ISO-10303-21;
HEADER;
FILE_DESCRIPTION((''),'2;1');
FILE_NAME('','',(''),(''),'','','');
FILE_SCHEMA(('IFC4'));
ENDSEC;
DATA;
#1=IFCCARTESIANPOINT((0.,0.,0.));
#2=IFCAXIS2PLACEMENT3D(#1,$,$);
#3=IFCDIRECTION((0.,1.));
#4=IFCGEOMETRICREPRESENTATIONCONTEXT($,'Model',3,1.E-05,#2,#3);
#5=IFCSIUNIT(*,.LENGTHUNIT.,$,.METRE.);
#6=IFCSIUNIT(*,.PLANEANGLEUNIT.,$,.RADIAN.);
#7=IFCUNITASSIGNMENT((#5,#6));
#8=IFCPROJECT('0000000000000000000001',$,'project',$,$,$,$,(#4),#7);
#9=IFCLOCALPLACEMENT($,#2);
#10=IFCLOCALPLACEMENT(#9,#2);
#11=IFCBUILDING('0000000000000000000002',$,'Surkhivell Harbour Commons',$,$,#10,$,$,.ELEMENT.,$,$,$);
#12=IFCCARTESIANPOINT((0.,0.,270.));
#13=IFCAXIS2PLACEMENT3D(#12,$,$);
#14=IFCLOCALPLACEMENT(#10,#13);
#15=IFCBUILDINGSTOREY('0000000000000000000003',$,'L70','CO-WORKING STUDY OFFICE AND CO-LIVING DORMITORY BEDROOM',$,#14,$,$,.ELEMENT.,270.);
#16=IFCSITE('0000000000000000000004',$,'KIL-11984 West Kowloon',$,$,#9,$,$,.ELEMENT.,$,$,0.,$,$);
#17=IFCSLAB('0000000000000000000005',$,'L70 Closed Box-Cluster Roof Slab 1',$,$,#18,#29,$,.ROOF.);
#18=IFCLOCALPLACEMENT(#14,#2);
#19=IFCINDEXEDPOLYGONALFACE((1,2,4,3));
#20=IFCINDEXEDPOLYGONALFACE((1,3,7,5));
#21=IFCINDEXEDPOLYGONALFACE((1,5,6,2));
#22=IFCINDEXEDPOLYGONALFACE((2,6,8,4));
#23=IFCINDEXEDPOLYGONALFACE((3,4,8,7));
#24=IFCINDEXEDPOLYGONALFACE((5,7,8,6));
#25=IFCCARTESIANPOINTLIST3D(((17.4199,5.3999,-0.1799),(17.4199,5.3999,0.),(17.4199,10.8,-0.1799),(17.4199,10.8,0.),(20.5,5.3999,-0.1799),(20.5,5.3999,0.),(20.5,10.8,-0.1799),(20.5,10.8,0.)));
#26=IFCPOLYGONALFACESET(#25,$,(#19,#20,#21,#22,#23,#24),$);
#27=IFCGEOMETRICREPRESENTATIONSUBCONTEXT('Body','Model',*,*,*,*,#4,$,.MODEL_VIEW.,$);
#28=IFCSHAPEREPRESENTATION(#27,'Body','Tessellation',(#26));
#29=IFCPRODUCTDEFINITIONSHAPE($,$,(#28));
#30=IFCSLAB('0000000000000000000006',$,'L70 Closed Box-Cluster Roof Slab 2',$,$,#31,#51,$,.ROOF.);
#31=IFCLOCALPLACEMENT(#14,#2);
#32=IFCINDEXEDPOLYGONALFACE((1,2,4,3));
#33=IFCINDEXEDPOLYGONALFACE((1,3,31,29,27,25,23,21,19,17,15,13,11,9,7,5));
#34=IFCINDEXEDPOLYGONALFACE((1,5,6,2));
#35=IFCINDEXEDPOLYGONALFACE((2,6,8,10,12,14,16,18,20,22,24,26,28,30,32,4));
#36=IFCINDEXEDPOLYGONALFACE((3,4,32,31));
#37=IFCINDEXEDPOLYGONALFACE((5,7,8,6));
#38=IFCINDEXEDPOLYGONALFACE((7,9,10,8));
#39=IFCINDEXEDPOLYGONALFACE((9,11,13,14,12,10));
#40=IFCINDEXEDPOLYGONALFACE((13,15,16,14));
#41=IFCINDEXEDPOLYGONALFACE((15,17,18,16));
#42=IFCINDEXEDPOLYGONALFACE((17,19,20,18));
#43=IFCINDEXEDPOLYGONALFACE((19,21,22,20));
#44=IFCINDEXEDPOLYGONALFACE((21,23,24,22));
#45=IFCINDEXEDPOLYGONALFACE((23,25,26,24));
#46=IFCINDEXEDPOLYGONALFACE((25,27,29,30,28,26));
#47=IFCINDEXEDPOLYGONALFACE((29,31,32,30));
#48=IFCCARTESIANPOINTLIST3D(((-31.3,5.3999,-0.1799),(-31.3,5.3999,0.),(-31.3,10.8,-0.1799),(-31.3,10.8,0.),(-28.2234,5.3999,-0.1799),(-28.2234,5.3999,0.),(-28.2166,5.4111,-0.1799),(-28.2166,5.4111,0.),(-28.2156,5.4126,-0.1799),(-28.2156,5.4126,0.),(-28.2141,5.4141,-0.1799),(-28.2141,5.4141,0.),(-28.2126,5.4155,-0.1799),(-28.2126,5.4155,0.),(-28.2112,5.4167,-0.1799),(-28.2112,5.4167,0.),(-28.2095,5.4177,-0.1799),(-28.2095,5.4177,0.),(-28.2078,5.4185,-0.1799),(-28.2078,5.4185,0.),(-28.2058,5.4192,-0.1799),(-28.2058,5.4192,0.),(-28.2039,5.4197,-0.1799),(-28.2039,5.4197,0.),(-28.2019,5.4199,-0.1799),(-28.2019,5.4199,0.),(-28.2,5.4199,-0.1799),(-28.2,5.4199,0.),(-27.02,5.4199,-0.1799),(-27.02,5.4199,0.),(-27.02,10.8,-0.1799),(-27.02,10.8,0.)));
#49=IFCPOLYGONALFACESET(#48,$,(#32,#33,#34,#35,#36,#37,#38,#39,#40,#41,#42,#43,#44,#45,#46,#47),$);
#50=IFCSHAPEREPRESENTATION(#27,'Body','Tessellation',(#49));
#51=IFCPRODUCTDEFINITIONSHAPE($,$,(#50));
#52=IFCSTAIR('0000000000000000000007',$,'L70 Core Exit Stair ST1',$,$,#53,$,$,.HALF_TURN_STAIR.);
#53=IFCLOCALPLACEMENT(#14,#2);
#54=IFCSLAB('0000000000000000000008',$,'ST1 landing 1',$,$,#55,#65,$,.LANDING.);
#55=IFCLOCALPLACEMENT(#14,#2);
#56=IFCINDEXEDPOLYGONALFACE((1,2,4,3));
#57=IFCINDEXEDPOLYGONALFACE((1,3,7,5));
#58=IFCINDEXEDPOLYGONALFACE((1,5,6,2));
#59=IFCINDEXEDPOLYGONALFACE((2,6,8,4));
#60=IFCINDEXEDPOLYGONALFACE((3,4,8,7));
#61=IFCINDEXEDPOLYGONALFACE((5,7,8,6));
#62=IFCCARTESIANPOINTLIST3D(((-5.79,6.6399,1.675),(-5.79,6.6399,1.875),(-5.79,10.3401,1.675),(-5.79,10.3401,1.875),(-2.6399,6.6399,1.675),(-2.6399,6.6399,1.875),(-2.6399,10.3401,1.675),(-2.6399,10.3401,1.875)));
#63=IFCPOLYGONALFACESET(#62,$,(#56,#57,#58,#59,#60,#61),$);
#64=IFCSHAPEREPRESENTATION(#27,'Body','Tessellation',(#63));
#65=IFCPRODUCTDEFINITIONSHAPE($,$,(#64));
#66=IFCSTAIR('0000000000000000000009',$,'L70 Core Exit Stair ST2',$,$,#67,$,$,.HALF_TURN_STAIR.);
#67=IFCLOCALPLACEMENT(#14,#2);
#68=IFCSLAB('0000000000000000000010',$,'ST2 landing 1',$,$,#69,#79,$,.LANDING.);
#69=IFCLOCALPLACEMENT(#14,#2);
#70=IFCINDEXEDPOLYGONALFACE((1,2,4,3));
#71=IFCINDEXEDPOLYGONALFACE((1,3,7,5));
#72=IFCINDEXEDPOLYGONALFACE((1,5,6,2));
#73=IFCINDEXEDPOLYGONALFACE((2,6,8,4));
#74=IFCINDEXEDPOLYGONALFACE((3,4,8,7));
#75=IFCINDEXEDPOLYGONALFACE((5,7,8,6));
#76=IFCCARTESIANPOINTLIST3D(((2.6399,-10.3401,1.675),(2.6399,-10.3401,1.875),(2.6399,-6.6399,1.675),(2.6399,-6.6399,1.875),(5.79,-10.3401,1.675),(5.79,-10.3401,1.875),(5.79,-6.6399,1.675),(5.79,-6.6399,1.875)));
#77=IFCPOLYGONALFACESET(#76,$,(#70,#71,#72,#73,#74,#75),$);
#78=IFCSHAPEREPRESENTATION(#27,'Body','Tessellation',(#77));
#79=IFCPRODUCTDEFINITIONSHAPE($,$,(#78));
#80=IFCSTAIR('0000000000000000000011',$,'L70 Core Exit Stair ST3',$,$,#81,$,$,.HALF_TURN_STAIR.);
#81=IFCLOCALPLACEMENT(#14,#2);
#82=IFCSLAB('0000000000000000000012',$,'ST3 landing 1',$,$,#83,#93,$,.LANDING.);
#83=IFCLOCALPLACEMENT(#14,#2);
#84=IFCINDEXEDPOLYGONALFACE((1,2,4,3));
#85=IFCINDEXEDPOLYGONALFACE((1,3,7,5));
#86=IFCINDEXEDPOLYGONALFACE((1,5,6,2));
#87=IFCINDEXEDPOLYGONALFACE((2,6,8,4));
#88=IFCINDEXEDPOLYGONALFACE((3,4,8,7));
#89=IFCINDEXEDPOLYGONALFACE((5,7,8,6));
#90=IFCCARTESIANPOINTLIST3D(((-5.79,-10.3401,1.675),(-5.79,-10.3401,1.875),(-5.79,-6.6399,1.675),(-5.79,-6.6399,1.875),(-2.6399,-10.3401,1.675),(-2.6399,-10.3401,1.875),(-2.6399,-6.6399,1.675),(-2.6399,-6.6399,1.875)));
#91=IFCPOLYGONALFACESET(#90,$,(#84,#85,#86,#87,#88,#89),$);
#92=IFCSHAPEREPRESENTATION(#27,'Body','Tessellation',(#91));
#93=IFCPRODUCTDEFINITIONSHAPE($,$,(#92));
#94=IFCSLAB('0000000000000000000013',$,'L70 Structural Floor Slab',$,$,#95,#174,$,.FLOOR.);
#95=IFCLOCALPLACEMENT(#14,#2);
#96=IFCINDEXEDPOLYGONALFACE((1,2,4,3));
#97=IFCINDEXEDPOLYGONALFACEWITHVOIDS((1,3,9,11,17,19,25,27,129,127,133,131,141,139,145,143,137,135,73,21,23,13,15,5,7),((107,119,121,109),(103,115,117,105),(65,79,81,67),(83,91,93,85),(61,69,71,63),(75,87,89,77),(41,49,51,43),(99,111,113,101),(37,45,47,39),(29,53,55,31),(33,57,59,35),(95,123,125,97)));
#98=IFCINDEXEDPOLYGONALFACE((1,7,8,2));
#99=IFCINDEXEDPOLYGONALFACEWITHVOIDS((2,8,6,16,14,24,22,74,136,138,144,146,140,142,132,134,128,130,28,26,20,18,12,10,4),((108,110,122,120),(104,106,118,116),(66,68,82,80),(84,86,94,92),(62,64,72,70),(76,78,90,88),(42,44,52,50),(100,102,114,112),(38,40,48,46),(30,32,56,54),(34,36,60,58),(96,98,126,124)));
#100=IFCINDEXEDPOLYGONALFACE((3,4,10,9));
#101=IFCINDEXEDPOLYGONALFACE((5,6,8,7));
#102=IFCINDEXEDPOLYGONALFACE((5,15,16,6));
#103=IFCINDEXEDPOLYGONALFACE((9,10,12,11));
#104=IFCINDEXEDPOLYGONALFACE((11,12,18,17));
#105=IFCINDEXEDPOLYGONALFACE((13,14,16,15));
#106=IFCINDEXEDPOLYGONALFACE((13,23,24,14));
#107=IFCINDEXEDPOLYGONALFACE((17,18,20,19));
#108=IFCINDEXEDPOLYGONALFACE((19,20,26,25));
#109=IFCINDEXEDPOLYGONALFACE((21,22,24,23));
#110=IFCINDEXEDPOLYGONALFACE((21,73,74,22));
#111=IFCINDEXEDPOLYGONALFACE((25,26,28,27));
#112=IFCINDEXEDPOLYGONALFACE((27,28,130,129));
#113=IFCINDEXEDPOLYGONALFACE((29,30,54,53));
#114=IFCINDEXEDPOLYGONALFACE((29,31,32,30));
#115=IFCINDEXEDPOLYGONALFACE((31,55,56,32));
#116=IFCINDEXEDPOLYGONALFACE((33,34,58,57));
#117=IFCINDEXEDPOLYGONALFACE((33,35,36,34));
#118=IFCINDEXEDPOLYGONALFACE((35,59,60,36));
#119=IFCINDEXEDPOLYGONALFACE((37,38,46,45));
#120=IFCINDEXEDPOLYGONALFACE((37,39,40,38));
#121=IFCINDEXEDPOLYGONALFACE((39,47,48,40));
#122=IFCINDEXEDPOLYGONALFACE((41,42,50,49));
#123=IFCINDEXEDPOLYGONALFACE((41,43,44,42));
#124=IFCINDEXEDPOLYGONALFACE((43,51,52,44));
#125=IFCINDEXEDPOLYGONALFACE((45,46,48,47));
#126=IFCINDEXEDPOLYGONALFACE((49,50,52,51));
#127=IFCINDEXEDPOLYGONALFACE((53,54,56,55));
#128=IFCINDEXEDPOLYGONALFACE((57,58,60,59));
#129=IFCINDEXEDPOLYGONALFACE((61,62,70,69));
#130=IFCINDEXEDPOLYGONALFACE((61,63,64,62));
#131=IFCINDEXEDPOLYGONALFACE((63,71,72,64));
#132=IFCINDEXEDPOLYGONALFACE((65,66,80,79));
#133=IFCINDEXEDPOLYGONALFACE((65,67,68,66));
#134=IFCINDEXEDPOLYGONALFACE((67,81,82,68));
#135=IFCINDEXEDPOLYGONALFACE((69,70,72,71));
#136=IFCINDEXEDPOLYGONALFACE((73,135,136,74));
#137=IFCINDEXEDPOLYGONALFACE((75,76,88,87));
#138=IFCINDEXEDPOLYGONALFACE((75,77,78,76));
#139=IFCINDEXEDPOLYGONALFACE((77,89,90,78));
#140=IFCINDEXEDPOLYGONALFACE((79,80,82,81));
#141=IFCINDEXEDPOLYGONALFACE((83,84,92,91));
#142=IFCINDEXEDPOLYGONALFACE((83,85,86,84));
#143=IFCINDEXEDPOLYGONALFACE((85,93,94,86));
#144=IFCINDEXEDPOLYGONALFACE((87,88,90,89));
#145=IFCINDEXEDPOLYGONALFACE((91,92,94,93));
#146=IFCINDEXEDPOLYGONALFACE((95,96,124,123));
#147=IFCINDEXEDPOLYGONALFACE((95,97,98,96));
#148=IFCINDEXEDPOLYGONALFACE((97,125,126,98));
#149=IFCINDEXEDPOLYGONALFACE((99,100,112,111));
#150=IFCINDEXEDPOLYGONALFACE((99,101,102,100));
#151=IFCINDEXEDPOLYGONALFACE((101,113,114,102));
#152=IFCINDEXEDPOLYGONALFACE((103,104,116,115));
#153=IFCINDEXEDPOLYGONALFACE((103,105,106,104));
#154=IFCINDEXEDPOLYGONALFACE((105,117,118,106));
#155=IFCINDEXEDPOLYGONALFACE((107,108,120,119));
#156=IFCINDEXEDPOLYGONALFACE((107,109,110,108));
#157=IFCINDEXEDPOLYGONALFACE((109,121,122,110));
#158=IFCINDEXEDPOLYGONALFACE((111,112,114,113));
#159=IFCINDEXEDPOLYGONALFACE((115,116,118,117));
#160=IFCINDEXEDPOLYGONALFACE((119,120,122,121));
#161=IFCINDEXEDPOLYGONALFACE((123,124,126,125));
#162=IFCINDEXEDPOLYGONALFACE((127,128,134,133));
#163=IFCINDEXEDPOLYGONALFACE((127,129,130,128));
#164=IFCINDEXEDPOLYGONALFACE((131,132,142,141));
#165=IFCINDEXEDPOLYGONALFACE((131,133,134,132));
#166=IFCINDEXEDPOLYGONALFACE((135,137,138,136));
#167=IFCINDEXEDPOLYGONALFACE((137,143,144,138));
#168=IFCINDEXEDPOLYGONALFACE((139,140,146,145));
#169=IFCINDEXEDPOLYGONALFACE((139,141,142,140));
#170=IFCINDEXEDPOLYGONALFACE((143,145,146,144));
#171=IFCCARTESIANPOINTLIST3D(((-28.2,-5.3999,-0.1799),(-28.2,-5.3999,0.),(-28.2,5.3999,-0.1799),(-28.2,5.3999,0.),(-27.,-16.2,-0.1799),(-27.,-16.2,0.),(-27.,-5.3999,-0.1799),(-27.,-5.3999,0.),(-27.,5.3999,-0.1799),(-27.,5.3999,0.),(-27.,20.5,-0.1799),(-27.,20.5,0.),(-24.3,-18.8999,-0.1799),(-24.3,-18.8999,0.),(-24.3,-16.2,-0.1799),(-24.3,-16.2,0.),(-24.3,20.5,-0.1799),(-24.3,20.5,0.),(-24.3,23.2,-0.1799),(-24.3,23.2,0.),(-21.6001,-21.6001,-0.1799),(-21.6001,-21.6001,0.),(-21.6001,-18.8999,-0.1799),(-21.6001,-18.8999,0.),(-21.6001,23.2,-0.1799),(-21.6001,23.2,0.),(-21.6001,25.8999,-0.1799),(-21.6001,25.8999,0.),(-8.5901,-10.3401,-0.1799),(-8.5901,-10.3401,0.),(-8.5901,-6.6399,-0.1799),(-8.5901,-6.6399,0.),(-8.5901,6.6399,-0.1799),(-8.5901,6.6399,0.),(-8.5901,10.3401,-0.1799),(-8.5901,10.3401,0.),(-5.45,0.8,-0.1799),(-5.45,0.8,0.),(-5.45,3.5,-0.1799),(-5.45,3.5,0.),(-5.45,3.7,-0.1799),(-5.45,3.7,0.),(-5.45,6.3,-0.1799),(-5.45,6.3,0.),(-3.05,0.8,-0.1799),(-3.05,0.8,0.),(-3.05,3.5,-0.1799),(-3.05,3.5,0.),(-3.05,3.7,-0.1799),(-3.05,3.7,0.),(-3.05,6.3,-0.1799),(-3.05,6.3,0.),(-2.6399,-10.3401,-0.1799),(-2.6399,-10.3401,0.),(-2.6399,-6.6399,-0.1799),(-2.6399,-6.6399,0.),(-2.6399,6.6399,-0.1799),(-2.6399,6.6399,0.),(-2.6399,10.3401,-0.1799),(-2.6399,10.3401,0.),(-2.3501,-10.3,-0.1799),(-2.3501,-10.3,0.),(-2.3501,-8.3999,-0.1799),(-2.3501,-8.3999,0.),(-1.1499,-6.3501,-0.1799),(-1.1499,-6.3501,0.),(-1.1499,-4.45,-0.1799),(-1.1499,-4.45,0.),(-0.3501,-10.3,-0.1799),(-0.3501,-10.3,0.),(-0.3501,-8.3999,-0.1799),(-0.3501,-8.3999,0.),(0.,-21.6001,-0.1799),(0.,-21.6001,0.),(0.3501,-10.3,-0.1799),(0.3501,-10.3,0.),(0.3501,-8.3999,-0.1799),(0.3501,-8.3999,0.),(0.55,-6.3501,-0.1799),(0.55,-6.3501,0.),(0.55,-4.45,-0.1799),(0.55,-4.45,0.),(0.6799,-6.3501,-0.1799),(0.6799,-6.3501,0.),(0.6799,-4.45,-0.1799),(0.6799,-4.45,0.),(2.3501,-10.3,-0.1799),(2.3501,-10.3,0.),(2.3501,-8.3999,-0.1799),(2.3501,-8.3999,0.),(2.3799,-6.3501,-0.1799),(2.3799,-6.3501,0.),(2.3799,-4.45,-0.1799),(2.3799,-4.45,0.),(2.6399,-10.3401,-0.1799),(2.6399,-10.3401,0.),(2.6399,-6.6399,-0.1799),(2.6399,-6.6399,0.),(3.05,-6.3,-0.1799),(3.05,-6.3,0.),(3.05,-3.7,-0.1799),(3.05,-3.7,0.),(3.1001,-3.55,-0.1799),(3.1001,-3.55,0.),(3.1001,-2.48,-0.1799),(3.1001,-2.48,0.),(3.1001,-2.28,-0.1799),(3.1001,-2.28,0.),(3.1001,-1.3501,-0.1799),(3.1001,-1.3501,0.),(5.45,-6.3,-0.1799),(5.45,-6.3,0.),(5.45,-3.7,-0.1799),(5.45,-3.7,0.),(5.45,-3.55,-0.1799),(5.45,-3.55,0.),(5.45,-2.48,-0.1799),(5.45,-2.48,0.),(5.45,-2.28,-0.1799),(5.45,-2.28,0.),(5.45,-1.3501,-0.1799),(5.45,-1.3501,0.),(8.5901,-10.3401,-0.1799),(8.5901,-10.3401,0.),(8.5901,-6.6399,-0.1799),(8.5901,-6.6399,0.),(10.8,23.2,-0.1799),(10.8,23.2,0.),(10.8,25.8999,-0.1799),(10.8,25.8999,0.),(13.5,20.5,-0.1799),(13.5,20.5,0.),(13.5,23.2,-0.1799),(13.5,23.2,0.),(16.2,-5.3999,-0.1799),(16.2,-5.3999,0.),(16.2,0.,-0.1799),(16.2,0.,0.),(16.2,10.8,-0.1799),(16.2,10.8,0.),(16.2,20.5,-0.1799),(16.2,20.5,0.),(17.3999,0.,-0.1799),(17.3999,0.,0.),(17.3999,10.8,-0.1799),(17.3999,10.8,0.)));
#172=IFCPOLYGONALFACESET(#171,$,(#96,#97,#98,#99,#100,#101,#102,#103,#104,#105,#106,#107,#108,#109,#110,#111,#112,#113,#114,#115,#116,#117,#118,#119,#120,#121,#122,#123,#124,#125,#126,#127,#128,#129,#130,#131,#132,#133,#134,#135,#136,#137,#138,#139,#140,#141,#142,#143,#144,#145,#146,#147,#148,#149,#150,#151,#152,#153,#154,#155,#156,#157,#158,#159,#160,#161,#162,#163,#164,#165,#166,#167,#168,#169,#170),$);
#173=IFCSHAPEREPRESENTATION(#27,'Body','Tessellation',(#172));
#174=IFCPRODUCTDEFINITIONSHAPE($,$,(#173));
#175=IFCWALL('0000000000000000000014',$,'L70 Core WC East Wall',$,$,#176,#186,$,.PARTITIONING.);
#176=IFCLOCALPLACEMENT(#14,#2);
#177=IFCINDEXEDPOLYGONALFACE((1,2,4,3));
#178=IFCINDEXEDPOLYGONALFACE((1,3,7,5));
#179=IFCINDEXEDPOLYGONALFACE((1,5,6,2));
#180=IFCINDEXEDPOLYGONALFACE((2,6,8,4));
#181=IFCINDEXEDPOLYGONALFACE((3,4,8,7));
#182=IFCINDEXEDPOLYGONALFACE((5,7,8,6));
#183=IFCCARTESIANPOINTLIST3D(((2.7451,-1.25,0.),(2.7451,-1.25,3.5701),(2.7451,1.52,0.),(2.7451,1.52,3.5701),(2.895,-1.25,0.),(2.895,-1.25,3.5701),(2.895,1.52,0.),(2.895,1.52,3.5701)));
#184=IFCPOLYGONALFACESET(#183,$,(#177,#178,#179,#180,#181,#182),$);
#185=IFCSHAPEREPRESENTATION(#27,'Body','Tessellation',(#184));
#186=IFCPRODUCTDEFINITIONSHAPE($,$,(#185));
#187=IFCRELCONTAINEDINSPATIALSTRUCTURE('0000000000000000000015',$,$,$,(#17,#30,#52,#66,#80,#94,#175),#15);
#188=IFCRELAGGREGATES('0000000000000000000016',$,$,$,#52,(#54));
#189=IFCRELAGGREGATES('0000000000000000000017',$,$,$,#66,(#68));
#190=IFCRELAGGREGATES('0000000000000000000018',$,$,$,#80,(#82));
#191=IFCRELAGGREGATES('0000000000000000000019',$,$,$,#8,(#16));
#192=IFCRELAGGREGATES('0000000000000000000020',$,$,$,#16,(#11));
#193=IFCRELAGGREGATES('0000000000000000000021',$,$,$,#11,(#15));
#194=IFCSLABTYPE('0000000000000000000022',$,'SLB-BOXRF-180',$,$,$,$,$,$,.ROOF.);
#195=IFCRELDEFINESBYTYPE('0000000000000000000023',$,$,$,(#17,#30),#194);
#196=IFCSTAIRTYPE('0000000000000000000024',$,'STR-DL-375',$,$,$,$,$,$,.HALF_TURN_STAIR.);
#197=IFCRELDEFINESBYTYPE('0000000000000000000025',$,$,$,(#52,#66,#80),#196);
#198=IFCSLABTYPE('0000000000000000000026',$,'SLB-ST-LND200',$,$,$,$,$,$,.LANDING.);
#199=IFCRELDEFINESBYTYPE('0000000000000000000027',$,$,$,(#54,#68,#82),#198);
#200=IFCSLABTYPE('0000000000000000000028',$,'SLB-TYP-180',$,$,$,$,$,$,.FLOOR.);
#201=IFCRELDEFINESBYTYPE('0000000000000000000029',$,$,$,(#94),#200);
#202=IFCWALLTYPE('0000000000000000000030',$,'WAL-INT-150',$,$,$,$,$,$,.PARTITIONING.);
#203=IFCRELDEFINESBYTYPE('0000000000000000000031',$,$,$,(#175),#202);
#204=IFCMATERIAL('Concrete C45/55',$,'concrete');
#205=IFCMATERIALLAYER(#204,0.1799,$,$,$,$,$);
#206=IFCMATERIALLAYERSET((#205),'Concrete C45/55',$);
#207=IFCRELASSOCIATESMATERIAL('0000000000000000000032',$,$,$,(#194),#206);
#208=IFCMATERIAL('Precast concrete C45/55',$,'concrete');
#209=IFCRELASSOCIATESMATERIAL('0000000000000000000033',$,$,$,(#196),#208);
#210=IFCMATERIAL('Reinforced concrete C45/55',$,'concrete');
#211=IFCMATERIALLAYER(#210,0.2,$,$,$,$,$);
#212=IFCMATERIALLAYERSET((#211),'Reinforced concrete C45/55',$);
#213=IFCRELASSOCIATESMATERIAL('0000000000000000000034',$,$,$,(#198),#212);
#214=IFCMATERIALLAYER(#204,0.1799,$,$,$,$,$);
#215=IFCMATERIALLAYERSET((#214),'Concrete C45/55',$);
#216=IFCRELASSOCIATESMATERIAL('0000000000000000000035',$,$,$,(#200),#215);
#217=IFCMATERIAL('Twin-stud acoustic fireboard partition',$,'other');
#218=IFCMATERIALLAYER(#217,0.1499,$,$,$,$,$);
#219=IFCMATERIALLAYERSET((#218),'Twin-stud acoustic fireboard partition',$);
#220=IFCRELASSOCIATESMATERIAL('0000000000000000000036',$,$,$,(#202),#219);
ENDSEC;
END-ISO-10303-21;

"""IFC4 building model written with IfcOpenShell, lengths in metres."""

from ifc_helpers import new_model, si_unit, direction, frame, frame_2d, origin, place, context, subcontext, project, spatial, polyline, rectangle, outline, extrude, material, layer, layer_set, type_object, element, aggregate, save


model = new_model("IFC4")

# Units and contexts
model_context = context("Model", 3, precision=1e-05, world=origin(), true_north=direction((0.0, 1.0)))
body_context = subcontext(model_context, "Body", "Model", "MODEL_VIEW")
ifc_project = project(units=[si_unit("LENGTHUNIT", "METRE"), si_unit("PLANEANGLEUNIT", "RADIAN")], contexts=[model_context])

# Site, building, storey
site_placement = place(None, origin())
site = spatial("IfcSite", under=ifc_project, at=site_placement, Name="KIL-11984 West Kowloon", CompositionType="ELEMENT", RefElevation=0.0)
building_placement = place(site_placement, origin())
building = spatial("IfcBuilding", under=site, at=building_placement, Name="Surkhivell Harbour Commons", CompositionType="ELEMENT")
storey_placement = place(building_placement, frame((0.0, 0.0, 270.0)))
storey = spatial("IfcBuildingStorey", under=building, at=storey_placement, Name="L70", Description="CO-WORKING STUDY OFFICE AND CO-LIVING DORMITORY BEDROOM", CompositionType="ELEMENT", Elevation=270.0)

# Slabs
ifc_material_1 = material(Name="Concrete C45/55", Category="concrete")
ifc_layer_1 = layer(ifc_material_1, 0.1799)
ifc_layer_set_1 = layer_set([ifc_layer_1], Name="Concrete C45/55")
slab_type_1 = type_object("IfcSlabType", Name="SLB-BOXRF-180", PredefinedType="ROOF", material=ifc_layer_set_1)
slab_1_placement = place(storey_placement, frame((0.0, 0.0, -0.1799)))
element("IfcSlab", 1, at=slab_1_placement, inside=storey, type_object=slab_type_1, Name="L70 Closed Box-Cluster Roof Slab 1", PredefinedType="ROOF", context=body_context, shape_type="SweptSolid", body=[
    extrude(outline(polyline([(20.5, 10.8), (17.4199, 10.8), (17.4199, 5.3999), (20.5, 5.3999), (20.5, 10.8)])), origin(), (0.0, 0.0, 1.0), 0.1799),
])
slab_2_placement = place(storey_placement, frame((0.0, 0.0, -0.1799)))
element("IfcSlab", 2, at=slab_2_placement, inside=storey, type_object=slab_type_1, Name="L70 Closed Box-Cluster Roof Slab 2", PredefinedType="ROOF", context=body_context, shape_type="SweptSolid", body=[
    extrude(outline(polyline([(-31.3, 5.3999), (-28.2234, 5.3999), (-28.2166, 5.4111), (-28.2156, 5.4126), (-28.2141, 5.4141), (-28.2126, 5.4155), (-28.2112, 5.4167), (-28.2095, 5.4177), (-28.2078, 5.4185), (-28.2058, 5.4192), (-28.2039, 5.4197), (-28.2019, 5.4199), (-28.2, 5.4199), (-27.02, 5.4199), (-27.02, 10.8), (-31.3, 10.8), (-31.3, 5.3999)])), origin(), (0.0, 0.0, 1.0), 0.1799),
])

# Stairs, slabs
ifc_material_2 = material(Name="Precast concrete C45/55", Category="concrete")
stair_type = type_object("IfcStairType", Name="STR-DL-375", PredefinedType="HALF_TURN_STAIR", material=ifc_material_2)
stair_1_placement = place(storey_placement, origin())
stair_1 = element("IfcStair", 3, at=stair_1_placement, inside=storey, type_object=stair_type, Name="L70 Core Exit Stair ST1", PredefinedType="HALF_TURN_STAIR")
ifc_material_3 = material(Name="Reinforced concrete C45/55", Category="concrete")
ifc_layer_2 = layer(ifc_material_3, 0.2)
ifc_layer_set_2 = layer_set([ifc_layer_2], Name="Reinforced concrete C45/55")
slab_type_2 = type_object("IfcSlabType", Name="SLB-ST-LND200", PredefinedType="LANDING", material=ifc_layer_set_2)
slab_3_placement = place(storey_placement, frame((0.0, 0.0, 1.675)))
slab_3 = element("IfcSlab", 4, at=slab_3_placement, type_object=slab_type_2, Name="ST1 landing 1", PredefinedType="LANDING", context=body_context, shape_type="SweptSolid", body=[
    extrude(outline(polyline([(-5.79, 6.6399), (-2.6399, 6.6399), (-2.6399, 10.3401), (-5.79, 10.3401), (-5.79, 6.6399)])), origin(), (0.0, 0.0, 1.0), 0.2),
])
aggregate(stair_1, [slab_3])
stair_2_placement = place(storey_placement, origin())
stair_2 = element("IfcStair", 5, at=stair_2_placement, inside=storey, type_object=stair_type, Name="L70 Core Exit Stair ST2", PredefinedType="HALF_TURN_STAIR")
slab_4_placement = place(storey_placement, frame((0.0, 0.0, 1.675)))
slab_4 = element("IfcSlab", 6, at=slab_4_placement, type_object=slab_type_2, Name="ST2 landing 1", PredefinedType="LANDING", context=body_context, shape_type="SweptSolid", body=[
    extrude(outline(polyline([(5.79, -6.6399), (2.6399, -6.6399), (2.6399, -10.3401), (5.79, -10.3401), (5.79, -6.6399)])), origin(), (0.0, 0.0, 1.0), 0.2),
])
aggregate(stair_2, [slab_4])
stair_3_placement = place(storey_placement, origin())
stair_3 = element("IfcStair", 7, at=stair_3_placement, inside=storey, type_object=stair_type, Name="L70 Core Exit Stair ST3", PredefinedType="HALF_TURN_STAIR")
slab_5_placement = place(storey_placement, frame((0.0, 0.0, 1.675)))
slab_5 = element("IfcSlab", 8, at=slab_5_placement, type_object=slab_type_2, Name="ST3 landing 1", PredefinedType="LANDING", context=body_context, shape_type="SweptSolid", body=[
    extrude(outline(polyline([(-5.79, -10.3401), (-2.6399, -10.3401), (-2.6399, -6.6399), (-5.79, -6.6399), (-5.79, -10.3401)])), origin(), (0.0, 0.0, 1.0), 0.2),
])
aggregate(stair_3, [slab_5])

# Slab
ifc_layer_3 = layer(ifc_material_1, 0.1799)
ifc_layer_set_3 = layer_set([ifc_layer_3], Name="Concrete C45/55")
slab_type_3 = type_object("IfcSlabType", Name="SLB-TYP-180", PredefinedType="FLOOR", material=ifc_layer_set_3)
slab_6_placement = place(storey_placement, frame((0.0, 0.0, -0.1799)))
element("IfcSlab", 9, at=slab_6_placement, inside=storey, type_object=slab_type_3, Name="L70 Structural Floor Slab", PredefinedType="FLOOR", context=body_context, shape_type="SweptSolid", body=[
    extrude(outline(polyline([(-27.0, 20.5), (-27.0, 5.3999), (-28.2, 5.3999), (-28.2, -5.3999), (-27.0, -5.3999), (-27.0, -16.2), (-24.3, -16.2), (-24.3, -18.8999), (-21.6001, -18.8999), (-21.6001, -21.6001), (0.0, -21.6001), (16.2, -5.3999), (16.2, 0.0), (17.3999, 0.0), (17.3999, 10.8), (16.2, 10.8), (16.2, 20.5), (13.5, 20.5), (13.5, 23.2), (10.8, 23.2), (10.8, 25.8999), (-21.6001, 25.8999), (-21.6001, 23.2), (-24.3, 23.2), (-24.3, 20.5), (-27.0, 20.5)]), holes=[polyline([(-8.5901, 6.6399), (-2.6399, 6.6399), (-2.6399, 10.3401), (-8.5901, 10.3401), (-8.5901, 6.6399)]), polyline([(8.5901, -6.6399), (2.6399, -6.6399), (2.6399, -10.3401), (8.5901, -10.3401), (8.5901, -6.6399)]), polyline([(-8.5901, -10.3401), (-2.6399, -10.3401), (-2.6399, -6.6399), (-8.5901, -6.6399), (-8.5901, -10.3401)]), polyline([(-1.1499, -6.3501), (0.55, -6.3501), (0.55, -4.45), (-1.1499, -4.45), (-1.1499, -6.3501)]), polyline([(0.6799, -6.3501), (2.3799, -6.3501), (2.3799, -4.45), (0.6799, -4.45), (0.6799, -6.3501)]), polyline([(-2.3501, -10.3), (-0.3501, -10.3), (-0.3501, -8.3999), (-2.3501, -8.3999), (-2.3501, -10.3)]), polyline([(0.3501, -10.3), (2.3501, -10.3), (2.3501, -8.3999), (0.3501, -8.3999), (0.3501, -10.3)]), polyline([(-5.45, 3.7), (-3.05, 3.7), (-3.05, 6.3), (-5.45, 6.3), (-5.45, 3.7)]), polyline([(3.05, -6.3), (5.45, -6.3), (5.45, -3.7), (3.05, -3.7), (3.05, -6.3)]), polyline([(-5.45, 0.8), (-3.05, 0.8), (-3.05, 3.5), (-5.45, 3.5), (-5.45, 0.8)]), polyline([(3.1001, -3.55), (5.45, -3.55), (5.45, -2.48), (3.1001, -2.48), (3.1001, -3.55)]), polyline([(3.1001, -2.28), (5.45, -2.28), (5.45, -1.3501), (3.1001, -1.3501), (3.1001, -2.28)])]), origin(), (0.0, 0.0, 1.0), 0.1799),
])

# Wall
ifc_material_4 = material(Name="Twin-stud acoustic fireboard partition", Category="other")
ifc_layer_4 = layer(ifc_material_4, 0.1499)
ifc_layer_set_4 = layer_set([ifc_layer_4], Name="Twin-stud acoustic fireboard partition")
wall_type_1 = type_object("IfcWallType", Name="WAL-INT-150", PredefinedType="PARTITIONING", material=ifc_layer_set_4)
wall_1_placement = place(storey_placement, frame((2.8201, -1.25, 0.0), z_axis=(0.0, 0.0, 1.0), x_axis=(0.0, 1.0, 0.0)))
element("IfcWall", 10, at=wall_1_placement, inside=storey, type_object=wall_type_1, Name="L70 Core WC East Wall", PredefinedType="PARTITIONING", context=body_context, shape_type="SweptSolid", body=[
    extrude(rectangle(XDim=2.77, YDim=0.1499, at=frame_2d((1.385, 0.0))), origin(), (0.0, 0.0, 1.0), 3.5701),
])

save(model, "model.ifc")
